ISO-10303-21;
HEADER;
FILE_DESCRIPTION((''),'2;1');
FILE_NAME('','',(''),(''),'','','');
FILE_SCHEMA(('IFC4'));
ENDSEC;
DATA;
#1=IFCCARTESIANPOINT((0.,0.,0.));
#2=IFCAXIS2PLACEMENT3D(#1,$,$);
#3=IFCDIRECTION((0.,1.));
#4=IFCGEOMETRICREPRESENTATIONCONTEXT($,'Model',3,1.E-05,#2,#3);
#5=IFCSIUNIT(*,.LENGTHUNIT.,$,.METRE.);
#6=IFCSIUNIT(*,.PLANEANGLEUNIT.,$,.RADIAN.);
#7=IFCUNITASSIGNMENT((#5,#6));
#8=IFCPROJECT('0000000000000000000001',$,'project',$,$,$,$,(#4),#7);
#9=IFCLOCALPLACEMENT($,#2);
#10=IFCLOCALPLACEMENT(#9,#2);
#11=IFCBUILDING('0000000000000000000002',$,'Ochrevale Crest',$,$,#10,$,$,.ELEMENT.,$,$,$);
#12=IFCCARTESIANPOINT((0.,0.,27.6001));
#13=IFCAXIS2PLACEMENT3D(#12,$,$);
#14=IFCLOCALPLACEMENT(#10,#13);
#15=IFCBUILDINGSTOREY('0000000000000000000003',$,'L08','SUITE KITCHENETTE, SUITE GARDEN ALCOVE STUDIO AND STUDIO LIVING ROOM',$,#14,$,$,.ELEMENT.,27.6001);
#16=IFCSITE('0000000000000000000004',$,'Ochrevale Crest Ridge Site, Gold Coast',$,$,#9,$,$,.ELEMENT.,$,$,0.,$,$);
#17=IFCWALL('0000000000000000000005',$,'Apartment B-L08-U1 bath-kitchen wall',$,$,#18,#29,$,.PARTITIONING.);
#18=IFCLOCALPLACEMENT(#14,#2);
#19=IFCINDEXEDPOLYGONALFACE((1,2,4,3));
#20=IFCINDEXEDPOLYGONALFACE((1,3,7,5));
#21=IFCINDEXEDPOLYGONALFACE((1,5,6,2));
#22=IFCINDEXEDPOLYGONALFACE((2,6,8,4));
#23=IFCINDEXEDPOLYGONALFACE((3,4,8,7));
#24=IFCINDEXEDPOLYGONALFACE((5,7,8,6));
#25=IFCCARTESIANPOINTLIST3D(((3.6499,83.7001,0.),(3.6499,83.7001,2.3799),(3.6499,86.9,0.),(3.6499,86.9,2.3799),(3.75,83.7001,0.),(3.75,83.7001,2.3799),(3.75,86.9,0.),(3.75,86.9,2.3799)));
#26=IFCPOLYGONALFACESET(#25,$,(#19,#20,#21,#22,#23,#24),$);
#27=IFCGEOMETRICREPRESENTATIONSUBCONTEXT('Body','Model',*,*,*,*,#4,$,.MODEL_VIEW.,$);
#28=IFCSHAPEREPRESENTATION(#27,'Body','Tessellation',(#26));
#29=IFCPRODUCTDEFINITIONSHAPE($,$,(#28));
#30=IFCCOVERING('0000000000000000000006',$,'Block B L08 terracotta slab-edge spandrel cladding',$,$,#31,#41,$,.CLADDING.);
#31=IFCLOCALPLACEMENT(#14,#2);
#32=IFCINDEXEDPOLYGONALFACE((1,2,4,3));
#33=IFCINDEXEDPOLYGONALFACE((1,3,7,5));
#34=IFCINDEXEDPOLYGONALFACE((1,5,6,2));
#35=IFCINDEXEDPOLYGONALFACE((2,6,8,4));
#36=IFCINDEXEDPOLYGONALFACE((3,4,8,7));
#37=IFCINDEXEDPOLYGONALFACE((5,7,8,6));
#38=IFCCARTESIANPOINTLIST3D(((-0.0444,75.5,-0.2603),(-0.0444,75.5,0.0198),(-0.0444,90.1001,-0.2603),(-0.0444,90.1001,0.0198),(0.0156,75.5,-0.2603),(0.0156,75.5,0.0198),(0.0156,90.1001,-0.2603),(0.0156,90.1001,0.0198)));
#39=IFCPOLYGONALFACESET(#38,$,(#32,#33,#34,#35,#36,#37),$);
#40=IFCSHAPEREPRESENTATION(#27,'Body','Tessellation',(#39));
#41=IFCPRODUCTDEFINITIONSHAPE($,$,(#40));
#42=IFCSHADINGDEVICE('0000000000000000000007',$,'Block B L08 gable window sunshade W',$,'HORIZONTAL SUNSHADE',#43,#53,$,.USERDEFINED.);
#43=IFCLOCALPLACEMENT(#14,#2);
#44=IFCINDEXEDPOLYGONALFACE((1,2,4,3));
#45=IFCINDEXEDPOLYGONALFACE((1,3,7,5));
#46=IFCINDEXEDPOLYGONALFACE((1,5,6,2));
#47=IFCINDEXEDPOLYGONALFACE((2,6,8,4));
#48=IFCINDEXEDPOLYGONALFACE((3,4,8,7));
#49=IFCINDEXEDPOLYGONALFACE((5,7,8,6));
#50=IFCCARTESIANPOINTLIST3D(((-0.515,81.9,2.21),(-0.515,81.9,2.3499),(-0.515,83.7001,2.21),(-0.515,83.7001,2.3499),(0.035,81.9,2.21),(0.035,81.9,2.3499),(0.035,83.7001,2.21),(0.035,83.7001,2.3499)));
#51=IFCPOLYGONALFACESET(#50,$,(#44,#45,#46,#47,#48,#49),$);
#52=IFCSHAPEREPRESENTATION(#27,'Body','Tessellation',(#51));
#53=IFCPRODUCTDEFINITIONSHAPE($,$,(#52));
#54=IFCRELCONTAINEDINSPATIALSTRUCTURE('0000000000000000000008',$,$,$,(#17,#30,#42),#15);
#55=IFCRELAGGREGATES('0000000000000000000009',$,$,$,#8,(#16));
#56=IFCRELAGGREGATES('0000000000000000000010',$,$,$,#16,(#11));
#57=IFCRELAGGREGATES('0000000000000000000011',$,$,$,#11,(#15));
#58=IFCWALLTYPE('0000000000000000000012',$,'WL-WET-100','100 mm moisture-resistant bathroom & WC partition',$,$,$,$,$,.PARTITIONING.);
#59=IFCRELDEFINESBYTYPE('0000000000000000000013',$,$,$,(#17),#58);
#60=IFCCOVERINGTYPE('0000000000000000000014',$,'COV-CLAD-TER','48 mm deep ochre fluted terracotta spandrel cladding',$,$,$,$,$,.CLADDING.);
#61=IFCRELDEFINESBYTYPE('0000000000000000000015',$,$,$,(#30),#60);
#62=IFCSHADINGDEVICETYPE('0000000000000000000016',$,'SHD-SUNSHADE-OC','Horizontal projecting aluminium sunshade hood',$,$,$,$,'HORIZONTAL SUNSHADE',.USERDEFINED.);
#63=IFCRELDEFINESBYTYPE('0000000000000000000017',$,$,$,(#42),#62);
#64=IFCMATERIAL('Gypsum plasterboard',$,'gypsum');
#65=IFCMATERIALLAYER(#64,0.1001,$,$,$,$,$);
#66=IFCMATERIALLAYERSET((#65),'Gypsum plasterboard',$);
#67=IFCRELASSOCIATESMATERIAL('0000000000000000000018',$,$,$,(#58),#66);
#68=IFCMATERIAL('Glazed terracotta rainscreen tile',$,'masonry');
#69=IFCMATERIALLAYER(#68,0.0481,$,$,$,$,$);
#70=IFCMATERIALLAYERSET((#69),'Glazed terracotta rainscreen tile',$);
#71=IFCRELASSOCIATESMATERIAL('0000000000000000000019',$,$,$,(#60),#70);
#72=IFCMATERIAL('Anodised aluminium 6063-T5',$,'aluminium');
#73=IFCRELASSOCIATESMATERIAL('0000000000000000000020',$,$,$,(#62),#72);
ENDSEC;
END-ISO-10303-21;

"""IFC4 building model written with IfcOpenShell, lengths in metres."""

from ifc_helpers import new_model, si_unit, direction, frame, frame_2d, origin, origin_2d, place, context, subcontext, project, spatial, rectangle, extrude, material, layer, layer_set, type_object, element, save


model = new_model("IFC4")

# Units and contexts
model_context = context("Model", 3, precision=1e-05, world=origin(), true_north=direction((0.0, 1.0)))
body_context = subcontext(model_context, "Body", "Model", "MODEL_VIEW")
ifc_project = project(units=[si_unit("LENGTHUNIT", "METRE"), si_unit("PLANEANGLEUNIT", "RADIAN")], contexts=[model_context])

# Site, building, storey
site_placement = place(None, origin())
site = spatial("IfcSite", under=ifc_project, at=site_placement, Name="Ochrevale Crest Ridge Site, Gold Coast", CompositionType="ELEMENT", RefElevation=0.0)
building_placement = place(site_placement, origin())
building = spatial("IfcBuilding", under=site, at=building_placement, Name="Ochrevale Crest", CompositionType="ELEMENT")
storey_placement = place(building_placement, frame((0.0, 0.0, 27.6001)))
storey = spatial("IfcBuildingStorey", under=building, at=storey_placement, Name="L08", Description="SUITE KITCHENETTE, SUITE GARDEN ALCOVE STUDIO AND STUDIO LIVING ROOM", CompositionType="ELEMENT", Elevation=27.6001)

# Shared definitions
ifc_material_1 = material(Name="Anodised aluminium 6063-T5", Category="aluminium")

# Shared definitions
ifc_material_2 = material(Name="Gypsum plasterboard", Category="gypsum")

# Wall
ifc_layer_1 = layer(ifc_material_2, 0.1001)
ifc_layer_set_1 = layer_set([ifc_layer_1], Name="Gypsum plasterboard")
wall_type_1 = type_object("IfcWallType", Name="WL-WET-100", Description="100 mm moisture-resistant bathroom & WC partition", PredefinedType="PARTITIONING", material=ifc_layer_set_1)
wall_1_placement = place(storey_placement, frame((3.7, 83.7, 0.0), z_axis=(0.0, 0.0, 1.0), x_axis=(0.0, 1.0, 0.0)))
element("IfcWall", 1, at=wall_1_placement, inside=storey, type_object=wall_type_1, Name="Apartment B-L08-U1 bath-kitchen wall", PredefinedType="PARTITIONING", context=body_context, shape_type="SweptSolid", body=[
    extrude(rectangle(XDim=3.2, YDim=0.1001, at=frame_2d((1.6001, 0.0))), origin(), (0.0, 0.0, 1.0), 2.3799),
])

# Covering
ifc_material_3 = material(Name="Glazed terracotta rainscreen tile", Category="masonry")
ifc_layer_2 = layer(ifc_material_3, 0.0481)
ifc_layer_set_2 = layer_set([ifc_layer_2], Name="Glazed terracotta rainscreen tile")
covering_type = type_object("IfcCoveringType", Name="COV-CLAD-TER", Description="48 mm deep ochre fluted terracotta spandrel cladding", PredefinedType="CLADDING", material=ifc_layer_set_2)
covering_placement = place(storey_placement, frame((-0.0144, 82.8, -0.2603), z_axis=(0.0, 0.0, 1.0), x_axis=(0.0, -1.0, 0.0)))
element("IfcCovering", 2, at=covering_placement, inside=storey, type_object=covering_type, Name="Block B L08 terracotta slab-edge spandrel cladding", PredefinedType="CLADDING", context=body_context, shape_type="SweptSolid", body=[
    extrude(rectangle(XDim=14.6001, YDim=0.0601, at=origin_2d()), origin(), (0.0, 0.0, 1.0), 0.28),
])

# Shading device
shading_device_type = type_object("IfcShadingDeviceType", Name="SHD-SUNSHADE-OC", Description="Horizontal projecting aluminium sunshade hood", ElementType="HORIZONTAL SUNSHADE", PredefinedType="USERDEFINED", material=ifc_material_1)
shading_device_placement = place(storey_placement, frame((-0.24, 82.8, 2.21), z_axis=(0.0, 0.0, 1.0), x_axis=(1.0, 0.0, 0.0)))
element("IfcShadingDevice", 3, at=shading_device_placement, inside=storey, type_object=shading_device_type, Name="Block B L08 gable window sunshade W", ObjectType="HORIZONTAL SUNSHADE", PredefinedType="USERDEFINED", context=body_context, shape_type="SweptSolid", body=[
    extrude(rectangle(XDim=0.55, YDim=1.8, at=origin_2d()), origin(), (0.0, 0.0, 1.0), 0.1399),
])

save(model, "model.ifc")
